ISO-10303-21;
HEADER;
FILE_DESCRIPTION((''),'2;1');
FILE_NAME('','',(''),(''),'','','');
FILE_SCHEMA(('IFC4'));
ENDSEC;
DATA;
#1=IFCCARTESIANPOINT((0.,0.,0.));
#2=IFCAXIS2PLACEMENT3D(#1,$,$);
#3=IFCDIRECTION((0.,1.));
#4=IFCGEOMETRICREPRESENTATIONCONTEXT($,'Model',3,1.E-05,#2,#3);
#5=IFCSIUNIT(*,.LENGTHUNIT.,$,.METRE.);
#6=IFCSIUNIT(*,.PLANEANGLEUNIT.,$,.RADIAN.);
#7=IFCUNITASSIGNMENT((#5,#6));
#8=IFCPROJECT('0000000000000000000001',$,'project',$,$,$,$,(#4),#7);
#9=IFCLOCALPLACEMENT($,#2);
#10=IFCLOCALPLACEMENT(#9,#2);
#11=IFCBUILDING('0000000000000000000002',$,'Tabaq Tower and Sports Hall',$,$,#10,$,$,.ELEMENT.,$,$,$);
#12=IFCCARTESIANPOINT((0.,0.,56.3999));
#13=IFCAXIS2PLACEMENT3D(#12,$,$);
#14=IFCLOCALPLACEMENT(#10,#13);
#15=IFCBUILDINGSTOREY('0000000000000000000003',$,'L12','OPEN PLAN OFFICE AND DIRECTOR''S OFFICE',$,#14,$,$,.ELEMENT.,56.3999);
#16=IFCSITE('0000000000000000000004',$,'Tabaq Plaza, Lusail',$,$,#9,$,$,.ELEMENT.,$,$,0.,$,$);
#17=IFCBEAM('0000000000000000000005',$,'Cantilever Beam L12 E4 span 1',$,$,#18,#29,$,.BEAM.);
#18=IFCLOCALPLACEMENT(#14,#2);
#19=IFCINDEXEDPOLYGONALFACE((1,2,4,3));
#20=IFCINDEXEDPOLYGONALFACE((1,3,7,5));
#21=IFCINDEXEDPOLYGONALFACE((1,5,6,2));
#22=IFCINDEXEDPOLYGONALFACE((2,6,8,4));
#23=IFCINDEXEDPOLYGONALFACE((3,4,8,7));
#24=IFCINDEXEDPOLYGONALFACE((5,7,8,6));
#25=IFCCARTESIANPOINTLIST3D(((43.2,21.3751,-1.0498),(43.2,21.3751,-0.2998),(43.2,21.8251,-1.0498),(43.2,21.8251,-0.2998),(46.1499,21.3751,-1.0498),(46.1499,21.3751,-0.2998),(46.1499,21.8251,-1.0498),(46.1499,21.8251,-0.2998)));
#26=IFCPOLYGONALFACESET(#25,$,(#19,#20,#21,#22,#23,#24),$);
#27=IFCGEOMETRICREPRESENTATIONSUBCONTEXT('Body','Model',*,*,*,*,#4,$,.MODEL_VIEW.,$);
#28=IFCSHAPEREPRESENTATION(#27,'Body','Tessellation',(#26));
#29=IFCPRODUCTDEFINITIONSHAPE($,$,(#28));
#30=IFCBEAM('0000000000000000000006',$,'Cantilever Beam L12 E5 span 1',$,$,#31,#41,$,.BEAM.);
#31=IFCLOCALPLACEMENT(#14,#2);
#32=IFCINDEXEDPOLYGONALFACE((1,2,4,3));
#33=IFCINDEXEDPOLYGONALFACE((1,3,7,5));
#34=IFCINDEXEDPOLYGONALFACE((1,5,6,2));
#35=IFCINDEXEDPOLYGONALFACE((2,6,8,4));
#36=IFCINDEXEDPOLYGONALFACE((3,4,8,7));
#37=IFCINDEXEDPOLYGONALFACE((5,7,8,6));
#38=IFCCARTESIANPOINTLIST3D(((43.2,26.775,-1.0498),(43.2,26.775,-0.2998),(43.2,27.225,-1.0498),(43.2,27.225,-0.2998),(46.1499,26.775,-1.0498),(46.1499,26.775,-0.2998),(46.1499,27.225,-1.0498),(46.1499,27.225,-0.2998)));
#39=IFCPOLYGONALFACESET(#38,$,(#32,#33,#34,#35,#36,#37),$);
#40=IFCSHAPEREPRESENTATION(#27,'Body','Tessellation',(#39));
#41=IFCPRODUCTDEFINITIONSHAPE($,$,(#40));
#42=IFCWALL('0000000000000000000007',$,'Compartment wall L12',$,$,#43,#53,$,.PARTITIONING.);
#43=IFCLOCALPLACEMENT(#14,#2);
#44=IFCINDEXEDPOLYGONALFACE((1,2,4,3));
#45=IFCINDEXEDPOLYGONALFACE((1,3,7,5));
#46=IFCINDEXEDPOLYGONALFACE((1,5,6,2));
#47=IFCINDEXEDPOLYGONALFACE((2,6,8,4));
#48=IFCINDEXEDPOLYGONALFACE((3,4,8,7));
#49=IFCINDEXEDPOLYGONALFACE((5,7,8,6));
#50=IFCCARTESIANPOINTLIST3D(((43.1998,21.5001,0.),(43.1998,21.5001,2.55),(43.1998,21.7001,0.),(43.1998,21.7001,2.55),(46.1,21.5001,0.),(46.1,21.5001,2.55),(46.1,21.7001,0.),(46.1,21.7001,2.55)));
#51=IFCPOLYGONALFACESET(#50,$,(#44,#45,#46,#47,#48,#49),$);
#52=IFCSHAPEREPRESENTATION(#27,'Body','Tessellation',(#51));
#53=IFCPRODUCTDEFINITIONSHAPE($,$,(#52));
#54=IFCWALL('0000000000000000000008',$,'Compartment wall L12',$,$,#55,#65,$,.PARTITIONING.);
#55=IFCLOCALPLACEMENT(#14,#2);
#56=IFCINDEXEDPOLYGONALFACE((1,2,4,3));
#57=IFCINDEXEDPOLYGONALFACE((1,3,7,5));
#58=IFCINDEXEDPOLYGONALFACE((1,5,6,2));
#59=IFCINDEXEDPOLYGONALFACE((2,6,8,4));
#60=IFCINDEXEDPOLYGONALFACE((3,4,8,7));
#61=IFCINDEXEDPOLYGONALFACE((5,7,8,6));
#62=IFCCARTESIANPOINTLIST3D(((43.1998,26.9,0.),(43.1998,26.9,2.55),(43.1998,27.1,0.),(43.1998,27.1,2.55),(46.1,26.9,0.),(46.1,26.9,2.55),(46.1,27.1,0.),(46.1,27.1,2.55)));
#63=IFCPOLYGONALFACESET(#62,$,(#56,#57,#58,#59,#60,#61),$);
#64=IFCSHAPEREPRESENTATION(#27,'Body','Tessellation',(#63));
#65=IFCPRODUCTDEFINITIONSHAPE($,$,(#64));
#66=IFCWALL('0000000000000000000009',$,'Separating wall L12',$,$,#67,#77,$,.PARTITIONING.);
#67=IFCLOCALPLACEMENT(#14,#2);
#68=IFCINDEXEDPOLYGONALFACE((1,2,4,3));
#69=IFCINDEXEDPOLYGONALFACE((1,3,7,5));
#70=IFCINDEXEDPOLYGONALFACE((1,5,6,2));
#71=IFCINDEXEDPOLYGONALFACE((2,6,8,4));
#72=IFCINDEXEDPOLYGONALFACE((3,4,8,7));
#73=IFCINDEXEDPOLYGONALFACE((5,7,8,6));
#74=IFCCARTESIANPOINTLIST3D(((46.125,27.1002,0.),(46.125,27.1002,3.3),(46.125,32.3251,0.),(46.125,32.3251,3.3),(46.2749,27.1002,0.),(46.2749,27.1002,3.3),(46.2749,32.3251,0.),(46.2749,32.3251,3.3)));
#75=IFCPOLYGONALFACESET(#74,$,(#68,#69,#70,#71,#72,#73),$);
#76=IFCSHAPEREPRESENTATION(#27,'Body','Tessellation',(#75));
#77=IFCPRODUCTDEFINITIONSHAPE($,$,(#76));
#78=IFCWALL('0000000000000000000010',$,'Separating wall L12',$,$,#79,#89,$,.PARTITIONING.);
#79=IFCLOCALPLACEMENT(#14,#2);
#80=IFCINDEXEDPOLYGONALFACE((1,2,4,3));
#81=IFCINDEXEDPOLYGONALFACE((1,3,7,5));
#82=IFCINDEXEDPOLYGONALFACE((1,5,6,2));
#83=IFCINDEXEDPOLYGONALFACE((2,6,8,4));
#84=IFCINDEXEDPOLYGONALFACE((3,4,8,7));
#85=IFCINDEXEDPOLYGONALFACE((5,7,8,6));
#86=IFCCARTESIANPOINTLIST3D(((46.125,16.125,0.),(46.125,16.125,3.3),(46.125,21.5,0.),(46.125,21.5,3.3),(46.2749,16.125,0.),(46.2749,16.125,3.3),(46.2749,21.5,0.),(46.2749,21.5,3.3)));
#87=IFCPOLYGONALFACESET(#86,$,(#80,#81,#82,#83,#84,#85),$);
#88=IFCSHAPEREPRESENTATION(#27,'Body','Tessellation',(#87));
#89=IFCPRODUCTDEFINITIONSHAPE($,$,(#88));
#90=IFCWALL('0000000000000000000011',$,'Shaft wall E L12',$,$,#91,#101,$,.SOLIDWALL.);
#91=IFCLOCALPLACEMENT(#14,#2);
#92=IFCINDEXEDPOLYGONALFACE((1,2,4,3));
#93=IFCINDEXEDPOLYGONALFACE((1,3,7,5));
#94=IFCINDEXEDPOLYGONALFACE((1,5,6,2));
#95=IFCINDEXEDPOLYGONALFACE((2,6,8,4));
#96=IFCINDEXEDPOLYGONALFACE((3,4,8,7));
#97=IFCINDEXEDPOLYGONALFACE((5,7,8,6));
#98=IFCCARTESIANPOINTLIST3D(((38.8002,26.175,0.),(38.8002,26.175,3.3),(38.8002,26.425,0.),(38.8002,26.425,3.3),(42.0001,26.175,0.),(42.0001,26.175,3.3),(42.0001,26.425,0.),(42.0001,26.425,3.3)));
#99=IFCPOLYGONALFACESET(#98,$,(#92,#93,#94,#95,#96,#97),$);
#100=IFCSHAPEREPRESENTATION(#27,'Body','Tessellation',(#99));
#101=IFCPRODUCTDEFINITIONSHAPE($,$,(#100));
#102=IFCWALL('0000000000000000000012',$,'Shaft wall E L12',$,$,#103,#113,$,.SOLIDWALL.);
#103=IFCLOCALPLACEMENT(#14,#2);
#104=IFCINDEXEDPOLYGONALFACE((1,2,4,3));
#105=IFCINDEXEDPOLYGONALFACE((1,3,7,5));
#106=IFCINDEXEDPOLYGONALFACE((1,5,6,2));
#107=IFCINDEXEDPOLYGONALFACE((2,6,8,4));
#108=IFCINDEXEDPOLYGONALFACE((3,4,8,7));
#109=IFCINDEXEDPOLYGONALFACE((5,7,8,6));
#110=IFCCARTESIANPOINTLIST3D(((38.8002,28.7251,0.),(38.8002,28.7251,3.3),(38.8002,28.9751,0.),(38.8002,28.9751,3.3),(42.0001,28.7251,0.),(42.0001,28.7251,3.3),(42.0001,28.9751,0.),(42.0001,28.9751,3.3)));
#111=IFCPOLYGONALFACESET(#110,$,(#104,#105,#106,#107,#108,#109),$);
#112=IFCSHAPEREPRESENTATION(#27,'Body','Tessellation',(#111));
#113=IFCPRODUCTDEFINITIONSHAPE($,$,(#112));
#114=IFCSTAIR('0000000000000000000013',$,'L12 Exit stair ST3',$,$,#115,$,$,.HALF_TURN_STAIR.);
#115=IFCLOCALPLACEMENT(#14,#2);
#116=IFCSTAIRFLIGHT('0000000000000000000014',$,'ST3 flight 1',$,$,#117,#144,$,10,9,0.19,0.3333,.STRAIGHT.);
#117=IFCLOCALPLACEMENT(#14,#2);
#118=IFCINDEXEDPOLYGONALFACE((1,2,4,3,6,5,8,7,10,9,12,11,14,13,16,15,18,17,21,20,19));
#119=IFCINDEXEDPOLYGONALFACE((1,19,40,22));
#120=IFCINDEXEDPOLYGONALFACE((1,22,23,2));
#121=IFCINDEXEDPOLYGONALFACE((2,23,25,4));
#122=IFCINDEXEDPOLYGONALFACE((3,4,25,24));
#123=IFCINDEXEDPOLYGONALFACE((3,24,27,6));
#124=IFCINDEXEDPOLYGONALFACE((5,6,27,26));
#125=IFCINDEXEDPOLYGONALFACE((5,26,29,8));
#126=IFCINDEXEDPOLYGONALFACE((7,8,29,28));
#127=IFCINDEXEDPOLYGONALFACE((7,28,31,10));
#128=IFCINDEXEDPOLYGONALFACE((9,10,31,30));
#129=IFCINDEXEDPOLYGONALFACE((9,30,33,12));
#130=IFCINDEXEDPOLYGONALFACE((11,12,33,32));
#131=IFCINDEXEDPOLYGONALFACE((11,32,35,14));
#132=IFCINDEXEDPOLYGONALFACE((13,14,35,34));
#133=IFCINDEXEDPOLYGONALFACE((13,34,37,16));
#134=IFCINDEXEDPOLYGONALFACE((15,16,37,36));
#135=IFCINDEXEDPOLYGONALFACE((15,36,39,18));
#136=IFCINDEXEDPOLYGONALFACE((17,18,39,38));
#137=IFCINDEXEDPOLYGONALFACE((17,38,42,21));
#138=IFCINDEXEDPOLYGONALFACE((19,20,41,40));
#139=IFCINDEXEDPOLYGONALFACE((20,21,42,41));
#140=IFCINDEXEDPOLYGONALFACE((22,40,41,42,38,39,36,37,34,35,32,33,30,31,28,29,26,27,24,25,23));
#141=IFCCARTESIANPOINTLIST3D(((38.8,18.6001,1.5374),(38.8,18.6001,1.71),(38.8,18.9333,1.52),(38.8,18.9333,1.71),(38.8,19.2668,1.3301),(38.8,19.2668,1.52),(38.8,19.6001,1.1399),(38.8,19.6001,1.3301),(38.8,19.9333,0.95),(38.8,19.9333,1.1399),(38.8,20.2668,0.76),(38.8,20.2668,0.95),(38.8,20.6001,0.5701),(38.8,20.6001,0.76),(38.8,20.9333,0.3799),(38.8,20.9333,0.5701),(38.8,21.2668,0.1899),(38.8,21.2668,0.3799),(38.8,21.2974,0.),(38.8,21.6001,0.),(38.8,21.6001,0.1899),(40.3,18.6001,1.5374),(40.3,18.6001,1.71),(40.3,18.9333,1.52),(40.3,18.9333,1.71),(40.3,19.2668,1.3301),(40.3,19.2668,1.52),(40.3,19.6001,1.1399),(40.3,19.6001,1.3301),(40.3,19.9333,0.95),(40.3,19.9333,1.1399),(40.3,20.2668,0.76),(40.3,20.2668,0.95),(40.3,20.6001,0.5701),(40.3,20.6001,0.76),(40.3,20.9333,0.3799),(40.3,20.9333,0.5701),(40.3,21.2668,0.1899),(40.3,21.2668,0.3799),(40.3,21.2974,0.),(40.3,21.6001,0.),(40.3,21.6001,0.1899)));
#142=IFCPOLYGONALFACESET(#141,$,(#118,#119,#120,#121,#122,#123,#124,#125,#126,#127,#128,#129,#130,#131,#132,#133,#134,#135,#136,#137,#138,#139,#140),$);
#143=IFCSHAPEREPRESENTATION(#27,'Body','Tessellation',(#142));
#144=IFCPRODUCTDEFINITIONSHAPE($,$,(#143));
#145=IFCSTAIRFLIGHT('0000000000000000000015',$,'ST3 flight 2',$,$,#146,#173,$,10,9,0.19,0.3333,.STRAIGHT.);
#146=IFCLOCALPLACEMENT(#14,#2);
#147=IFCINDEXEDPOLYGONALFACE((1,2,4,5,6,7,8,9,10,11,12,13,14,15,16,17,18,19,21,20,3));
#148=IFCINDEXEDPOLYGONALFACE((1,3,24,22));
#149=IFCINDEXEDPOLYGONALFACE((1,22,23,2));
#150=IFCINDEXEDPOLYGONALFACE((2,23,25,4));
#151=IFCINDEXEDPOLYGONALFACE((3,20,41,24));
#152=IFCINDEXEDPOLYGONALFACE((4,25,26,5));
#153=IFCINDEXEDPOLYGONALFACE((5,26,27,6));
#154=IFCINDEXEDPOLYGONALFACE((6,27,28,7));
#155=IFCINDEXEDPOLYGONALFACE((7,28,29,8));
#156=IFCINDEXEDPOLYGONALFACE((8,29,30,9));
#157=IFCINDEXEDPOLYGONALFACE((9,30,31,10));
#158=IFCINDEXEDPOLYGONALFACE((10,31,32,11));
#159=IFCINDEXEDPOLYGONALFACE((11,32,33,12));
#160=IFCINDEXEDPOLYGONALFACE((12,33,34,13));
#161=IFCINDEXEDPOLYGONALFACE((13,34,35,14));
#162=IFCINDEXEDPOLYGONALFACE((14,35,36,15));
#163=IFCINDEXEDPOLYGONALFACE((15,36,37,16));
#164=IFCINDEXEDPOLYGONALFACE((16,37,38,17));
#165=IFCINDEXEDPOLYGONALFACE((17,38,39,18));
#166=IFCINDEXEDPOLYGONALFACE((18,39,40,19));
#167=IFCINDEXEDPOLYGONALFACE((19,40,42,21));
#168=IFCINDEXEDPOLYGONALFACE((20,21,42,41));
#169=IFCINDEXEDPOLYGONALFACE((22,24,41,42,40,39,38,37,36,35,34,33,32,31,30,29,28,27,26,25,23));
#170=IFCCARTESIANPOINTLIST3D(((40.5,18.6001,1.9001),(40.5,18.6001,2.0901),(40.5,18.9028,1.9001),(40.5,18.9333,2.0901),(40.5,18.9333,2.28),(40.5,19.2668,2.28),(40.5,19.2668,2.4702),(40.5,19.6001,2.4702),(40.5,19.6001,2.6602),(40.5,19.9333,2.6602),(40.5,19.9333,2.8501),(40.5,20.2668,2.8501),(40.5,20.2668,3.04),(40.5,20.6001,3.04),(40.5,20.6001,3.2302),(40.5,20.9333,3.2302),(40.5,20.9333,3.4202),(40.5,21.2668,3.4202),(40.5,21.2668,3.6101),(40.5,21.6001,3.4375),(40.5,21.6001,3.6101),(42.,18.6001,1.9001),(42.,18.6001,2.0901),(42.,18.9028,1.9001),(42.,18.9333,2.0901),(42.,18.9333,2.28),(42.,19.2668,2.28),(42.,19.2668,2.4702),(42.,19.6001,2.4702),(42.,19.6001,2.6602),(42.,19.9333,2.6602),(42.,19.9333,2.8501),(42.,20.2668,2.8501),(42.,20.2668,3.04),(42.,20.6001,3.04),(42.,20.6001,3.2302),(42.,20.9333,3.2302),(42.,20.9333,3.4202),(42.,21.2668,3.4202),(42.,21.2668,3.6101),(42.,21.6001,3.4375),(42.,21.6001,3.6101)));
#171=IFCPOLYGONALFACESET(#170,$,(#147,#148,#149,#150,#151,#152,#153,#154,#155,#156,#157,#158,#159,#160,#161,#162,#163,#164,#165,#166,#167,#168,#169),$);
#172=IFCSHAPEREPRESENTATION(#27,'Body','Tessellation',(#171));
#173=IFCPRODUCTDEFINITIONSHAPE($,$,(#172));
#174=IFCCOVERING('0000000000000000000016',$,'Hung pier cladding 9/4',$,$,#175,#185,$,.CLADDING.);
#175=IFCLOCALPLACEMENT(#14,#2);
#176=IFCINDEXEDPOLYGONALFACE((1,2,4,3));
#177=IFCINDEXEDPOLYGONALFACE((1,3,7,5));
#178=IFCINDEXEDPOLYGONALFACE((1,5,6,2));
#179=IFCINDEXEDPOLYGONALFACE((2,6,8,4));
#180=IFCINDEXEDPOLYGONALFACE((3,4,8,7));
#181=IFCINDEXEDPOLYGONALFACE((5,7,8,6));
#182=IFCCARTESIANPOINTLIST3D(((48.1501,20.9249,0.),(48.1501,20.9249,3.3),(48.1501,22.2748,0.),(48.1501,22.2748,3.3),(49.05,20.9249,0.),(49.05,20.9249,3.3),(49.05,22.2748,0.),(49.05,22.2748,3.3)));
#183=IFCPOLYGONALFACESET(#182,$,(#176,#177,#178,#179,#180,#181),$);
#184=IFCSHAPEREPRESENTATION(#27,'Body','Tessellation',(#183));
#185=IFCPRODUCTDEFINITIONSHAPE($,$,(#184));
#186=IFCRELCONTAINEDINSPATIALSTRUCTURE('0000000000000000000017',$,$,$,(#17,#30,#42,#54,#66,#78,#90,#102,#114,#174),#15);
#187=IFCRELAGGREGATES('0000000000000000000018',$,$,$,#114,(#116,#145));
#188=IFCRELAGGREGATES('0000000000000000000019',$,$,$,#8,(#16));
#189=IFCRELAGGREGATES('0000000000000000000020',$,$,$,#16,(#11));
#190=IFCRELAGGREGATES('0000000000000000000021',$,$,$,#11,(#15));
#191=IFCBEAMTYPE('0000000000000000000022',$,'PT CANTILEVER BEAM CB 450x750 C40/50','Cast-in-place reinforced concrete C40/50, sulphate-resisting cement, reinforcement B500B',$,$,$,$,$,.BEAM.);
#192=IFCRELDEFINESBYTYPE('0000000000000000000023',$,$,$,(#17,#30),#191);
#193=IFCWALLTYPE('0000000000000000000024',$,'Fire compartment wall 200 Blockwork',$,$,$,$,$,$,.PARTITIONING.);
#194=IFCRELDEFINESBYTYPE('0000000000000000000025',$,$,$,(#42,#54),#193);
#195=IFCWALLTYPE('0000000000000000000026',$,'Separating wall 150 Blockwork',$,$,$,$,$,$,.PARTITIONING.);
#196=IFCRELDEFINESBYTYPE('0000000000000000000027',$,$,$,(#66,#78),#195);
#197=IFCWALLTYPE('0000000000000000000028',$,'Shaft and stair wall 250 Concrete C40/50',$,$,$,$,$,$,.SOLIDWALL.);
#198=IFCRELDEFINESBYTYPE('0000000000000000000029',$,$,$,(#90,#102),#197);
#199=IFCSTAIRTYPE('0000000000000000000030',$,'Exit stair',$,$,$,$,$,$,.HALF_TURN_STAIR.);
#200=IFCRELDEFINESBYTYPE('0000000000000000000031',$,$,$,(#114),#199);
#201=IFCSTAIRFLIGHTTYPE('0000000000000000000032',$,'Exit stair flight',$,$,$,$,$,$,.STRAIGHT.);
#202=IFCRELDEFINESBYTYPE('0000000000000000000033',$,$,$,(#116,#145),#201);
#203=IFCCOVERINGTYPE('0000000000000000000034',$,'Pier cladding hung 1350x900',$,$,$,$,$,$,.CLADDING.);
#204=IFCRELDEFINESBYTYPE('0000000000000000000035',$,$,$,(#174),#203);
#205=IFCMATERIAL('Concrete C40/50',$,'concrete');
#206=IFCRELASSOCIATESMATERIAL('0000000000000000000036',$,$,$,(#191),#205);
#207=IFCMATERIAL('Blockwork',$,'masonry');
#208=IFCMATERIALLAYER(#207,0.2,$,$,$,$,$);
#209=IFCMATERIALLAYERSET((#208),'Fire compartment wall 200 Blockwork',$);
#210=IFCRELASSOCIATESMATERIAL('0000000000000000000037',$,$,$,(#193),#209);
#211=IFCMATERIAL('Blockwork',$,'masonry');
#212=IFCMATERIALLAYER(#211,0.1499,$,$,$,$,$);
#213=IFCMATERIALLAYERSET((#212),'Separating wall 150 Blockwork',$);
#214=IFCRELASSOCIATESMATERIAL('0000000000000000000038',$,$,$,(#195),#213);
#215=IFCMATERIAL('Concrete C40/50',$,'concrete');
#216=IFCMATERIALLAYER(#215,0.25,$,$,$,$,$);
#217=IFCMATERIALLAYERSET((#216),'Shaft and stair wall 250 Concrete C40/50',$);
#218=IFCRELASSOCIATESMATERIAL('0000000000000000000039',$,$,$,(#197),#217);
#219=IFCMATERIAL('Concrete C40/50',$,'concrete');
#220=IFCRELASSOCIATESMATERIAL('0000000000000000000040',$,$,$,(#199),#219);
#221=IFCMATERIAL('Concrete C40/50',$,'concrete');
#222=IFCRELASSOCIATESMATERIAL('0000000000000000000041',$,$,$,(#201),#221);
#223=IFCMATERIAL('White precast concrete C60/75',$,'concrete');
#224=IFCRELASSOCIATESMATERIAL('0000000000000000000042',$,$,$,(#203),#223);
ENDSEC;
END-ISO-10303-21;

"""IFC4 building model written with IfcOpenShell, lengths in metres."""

from ifc_helpers import new_model, si_unit, direction, frame, frame_2d, origin, origin_2d, place, context, subcontext, project, spatial, polyline, rectangle, outline, extrude, material, layer, layer_set, material_profile, profile_set, type_object, element, aggregate, save


model = new_model("IFC4")

# Units and contexts
model_context = context("Model", 3, precision=1e-05, world=origin(), true_north=direction((0.0, 1.0)))
body_context = subcontext(model_context, "Body", "Model", "MODEL_VIEW")
ifc_project = project(units=[si_unit("LENGTHUNIT", "METRE"), si_unit("PLANEANGLEUNIT", "RADIAN")], contexts=[model_context])

# Site, building, storey
site_placement = place(None, origin())
site = spatial("IfcSite", under=ifc_project, at=site_placement, Name="Tabaq Plaza, Lusail", CompositionType="ELEMENT", RefElevation=0.0)
building_placement = place(site_placement, origin())
building = spatial("IfcBuilding", under=site, at=building_placement, Name="Tabaq Tower and Sports Hall", CompositionType="ELEMENT")
storey_placement = place(building_placement, frame((0.0, 0.0, 56.3999)))
storey = spatial("IfcBuildingStorey", under=building, at=storey_placement, Name="L12", Description="OPEN PLAN OFFICE AND DIRECTOR'S OFFICE", CompositionType="ELEMENT", Elevation=56.3999)

# Beams
ifc_material_1 = material(Name="Concrete C40/50", Category="concrete")
ifc_material_profile = material_profile(ifc_material_1, rectangle(XDim=0.45, YDim=0.75, at=origin_2d()), Name="CB 450x750")
ifc_profile_set = profile_set([ifc_material_profile], Name="Concrete C40/50")
beam_type = type_object("IfcBeamType", Name="PT CANTILEVER BEAM CB 450x750 C40/50", Description="Cast-in-place reinforced concrete C40/50, sulphate-resisting cement, reinforcement B500B", PredefinedType="BEAM", material=ifc_profile_set)
for number, where, z_axis, x_axis, name in (
    (1, (46.1499, 21.6001, -0.6748), (-1.0, 0.0, 0.0), (0.0, -1.0, 0.0), "Cantilever Beam L12 E4 span 1"),
    (2, (46.1499, 27.0, -0.6748), (-1.0, 0.0, 0.0), (0.0, -1.0, 0.0), "Cantilever Beam L12 E5 span 1"),
):
    element("IfcBeam", number, at=place(storey_placement, frame(where, z_axis=z_axis, x_axis=x_axis)), inside=storey, type_object=beam_type, Name=name, PredefinedType="BEAM", context=body_context, shape_type="SweptSolid", body=[
        extrude(rectangle(XDim=0.45, YDim=0.75, at=origin_2d()), origin(), (0.0, 0.0, 1.0), 2.95),
    ])

# Shared definitions
ifc_material_2 = material(Name="Blockwork", Category="masonry")
ifc_layer_1 = layer(ifc_material_2, 0.2)
ifc_layer_set_1 = layer_set([ifc_layer_1], Name="Fire compartment wall 200 Blockwork")
wall_type_1 = type_object("IfcWallType", Name="Fire compartment wall 200 Blockwork", PredefinedType="PARTITIONING", material=ifc_layer_set_1)

# Walls
for number, where, z_axis, x_axis, name in (
    (3, (46.1001, 21.6001, 0.0), (0.0, 0.0, 1.0), (-1.0, 0.0, 0.0), "Compartment wall L12"),
    (4, (46.1001, 27.0, 0.0), (0.0, 0.0, 1.0), (-1.0, 0.0, 0.0), "Compartment wall L12"),
):
    element("IfcWall", number, at=place(storey_placement, frame(where, z_axis=z_axis, x_axis=x_axis)), inside=storey, type_object=wall_type_1, Name=name, PredefinedType="PARTITIONING", context=body_context, shape_type="SweptSolid", body=[
        extrude(rectangle(XDim=2.9001, YDim=0.2, at=frame_2d((1.4502, 0.0))), origin(), (0.0, 0.0, 1.0), 2.55),
    ])
ifc_material_3 = material(Name="Blockwork", Category="masonry")
ifc_layer_2 = layer(ifc_material_3, 0.1499)
ifc_layer_set_2 = layer_set([ifc_layer_2], Name="Separating wall 150 Blockwork")
wall_type_2 = type_object("IfcWallType", Name="Separating wall 150 Blockwork", PredefinedType="PARTITIONING", material=ifc_layer_set_2)
wall_1_placement = place(storey_placement, frame((46.2, 32.325, 0.0), z_axis=(0.0, 0.0, 1.0), x_axis=(0.0, -1.0, 0.0)))
element("IfcWall", 5, at=wall_1_placement, inside=storey, type_object=wall_type_2, Name="Separating wall L12", PredefinedType="PARTITIONING", context=body_context, shape_type="SweptSolid", body=[
    extrude(rectangle(XDim=5.2249, YDim=0.1499, at=frame_2d((2.6123, 0.0))), origin(), (0.0, 0.0, 1.0), 3.3),
])
wall_2_placement = place(storey_placement, frame((46.2, 21.5, 0.0), z_axis=(0.0, 0.0, 1.0), x_axis=(0.0, -1.0, 0.0)))
element("IfcWall", 6, at=wall_2_placement, inside=storey, type_object=wall_type_2, Name="Separating wall L12", PredefinedType="PARTITIONING", context=body_context, shape_type="SweptSolid", body=[
    extrude(rectangle(XDim=5.375, YDim=0.1499, at=frame_2d((2.6875, 0.0))), origin(), (0.0, 0.0, 1.0), 3.3),
])
ifc_material_4 = material(Name="Concrete C40/50", Category="concrete")
ifc_layer_3 = layer(ifc_material_4, 0.25)
ifc_layer_set_3 = layer_set([ifc_layer_3], Name="Shaft and stair wall 250 Concrete C40/50")
wall_type_3 = type_object("IfcWallType", Name="Shaft and stair wall 250 Concrete C40/50", PredefinedType="SOLIDWALL", material=ifc_layer_set_3)
for number, where, z_axis, x_axis, name in (
    (7, (38.8, 26.3, 0.0), (0.0, 0.0, 1.0), (1.0, 0.0, 0.0), "Shaft wall E L12"),
    (8, (38.8, 28.8501, 0.0), (0.0, 0.0, 1.0), (1.0, 0.0, 0.0), "Shaft wall E L12"),
):
    element("IfcWall", number, at=place(storey_placement, frame(where, z_axis=z_axis, x_axis=x_axis)), inside=storey, type_object=wall_type_3, Name=name, PredefinedType="SOLIDWALL", context=body_context, shape_type="SweptSolid", body=[
        extrude(rectangle(XDim=3.2, YDim=0.25, at=frame_2d((1.6001, 0.0))), origin(), (0.0, 0.0, 1.0), 3.3),
    ])

# Stair, stair flights
ifc_material_5 = material(Name="Concrete C40/50", Category="concrete")
stair_type = type_object("IfcStairType", Name="Exit stair", PredefinedType="HALF_TURN_STAIR", material=ifc_material_5)
stair_placement = place(storey_placement, origin())
stair = element("IfcStair", 9, at=stair_placement, inside=storey, type_object=stair_type, Name="L12 Exit stair ST3", PredefinedType="HALF_TURN_STAIR")
ifc_material_6 = material(Name="Concrete C40/50", Category="concrete")
stair_flight_type = type_object("IfcStairFlightType", Name="Exit stair flight", PredefinedType="STRAIGHT", material=ifc_material_6)
stair_flight_1_placement = place(storey_placement, frame((39.55, 21.6001, 0.0), z_axis=(0.0, 0.0, 1.0), x_axis=(0.0, -1.0, 0.0)))
stair_flight_1 = element("IfcStairFlight", 10, at=stair_flight_1_placement, type_object=stair_flight_type, Name="ST3 flight 1", NumberOfRisers=10, NumberOfTreads=9, PredefinedType="STRAIGHT", RiserHeight=0.19, TreadLength=0.3333, context=body_context, shape_type="SweptSolid", body=[
    extrude(outline(polyline([(0.0, 0.0), (0.0, 0.1899), (0.3333, 0.1899), (0.3333, 0.3799), (0.6667, 0.3799), (0.6667, 0.5701), (1.0, 0.5701), (1.0, 0.76), (1.3333, 0.76), (1.3333, 0.95), (1.6667, 0.95), (1.6667, 1.1399), (2.0, 1.1399), (2.0, 1.3301), (2.3333, 1.3301), (2.3333, 1.52), (2.6667, 1.52), (2.6667, 1.71), (3.0, 1.71), (3.0, 1.8999), (3.0, 1.5374), (0.3027, 0.0), (0.0, 0.0)])), frame((0.0, 0.75, 0.0), z_axis=(0.0, -1.0, 0.0), x_axis=(1.0, 0.0, 0.0)), (0.0, 0.0, 1.0), 1.5),
])
stair_flight_2_placement = place(storey_placement, frame((41.25, 18.6001, 1.9001), z_axis=(0.0, 0.0, 1.0), x_axis=(0.0, 1.0, 0.0)))
stair_flight_2 = element("IfcStairFlight", 11, at=stair_flight_2_placement, type_object=stair_flight_type, Name="ST3 flight 2", NumberOfRisers=10, NumberOfTreads=9, PredefinedType="STRAIGHT", RiserHeight=0.19, TreadLength=0.3333, context=body_context, shape_type="SweptSolid", body=[
    extrude(outline(polyline([(0.0, 0.0), (0.0, 0.1899), (0.3333, 0.1899), (0.3333, 0.3799), (0.6667, 0.3799), (0.6667, 0.5701), (1.0, 0.5701), (1.0, 0.76), (1.3333, 0.76), (1.3333, 0.95), (1.6667, 0.95), (1.6667, 1.1399), (2.0, 1.1399), (2.0, 1.3301), (2.3333, 1.3301), (2.3333, 1.52), (2.6667, 1.52), (2.6667, 1.71), (3.0, 1.71), (3.0, 1.8999), (3.0, 1.5374), (0.3027, 0.0), (0.0, 0.0)])), frame((0.0, 0.75, 0.0), z_axis=(0.0, -1.0, 0.0), x_axis=(1.0, 0.0, 0.0)), (0.0, 0.0, 1.0), 1.5),
])
aggregate(stair, [stair_flight_1, stair_flight_2])

# Covering
ifc_material_7 = material(Name="White precast concrete C60/75", Category="concrete")
covering_type_1 = type_object("IfcCoveringType", Name="Pier cladding hung 1350x900", PredefinedType="CLADDING", material=ifc_material_7)
covering_1_placement = place(storey_placement, frame((48.6001, 20.925, 0.0), z_axis=(0.0, 0.0, 1.0), x_axis=(0.0, 1.0, 0.0)))
element("IfcCovering", 12, at=covering_1_placement, inside=storey, type_object=covering_type_1, Name="Hung pier cladding 9/4", PredefinedType="CLADDING", context=body_context, shape_type="SweptSolid", body=[
    extrude(rectangle(XDim=1.3499, YDim=0.8999, at=frame_2d((0.6748, 0.0))), origin(), (0.0, 0.0, 1.0), 3.3),
])

save(model, "model.ifc")
